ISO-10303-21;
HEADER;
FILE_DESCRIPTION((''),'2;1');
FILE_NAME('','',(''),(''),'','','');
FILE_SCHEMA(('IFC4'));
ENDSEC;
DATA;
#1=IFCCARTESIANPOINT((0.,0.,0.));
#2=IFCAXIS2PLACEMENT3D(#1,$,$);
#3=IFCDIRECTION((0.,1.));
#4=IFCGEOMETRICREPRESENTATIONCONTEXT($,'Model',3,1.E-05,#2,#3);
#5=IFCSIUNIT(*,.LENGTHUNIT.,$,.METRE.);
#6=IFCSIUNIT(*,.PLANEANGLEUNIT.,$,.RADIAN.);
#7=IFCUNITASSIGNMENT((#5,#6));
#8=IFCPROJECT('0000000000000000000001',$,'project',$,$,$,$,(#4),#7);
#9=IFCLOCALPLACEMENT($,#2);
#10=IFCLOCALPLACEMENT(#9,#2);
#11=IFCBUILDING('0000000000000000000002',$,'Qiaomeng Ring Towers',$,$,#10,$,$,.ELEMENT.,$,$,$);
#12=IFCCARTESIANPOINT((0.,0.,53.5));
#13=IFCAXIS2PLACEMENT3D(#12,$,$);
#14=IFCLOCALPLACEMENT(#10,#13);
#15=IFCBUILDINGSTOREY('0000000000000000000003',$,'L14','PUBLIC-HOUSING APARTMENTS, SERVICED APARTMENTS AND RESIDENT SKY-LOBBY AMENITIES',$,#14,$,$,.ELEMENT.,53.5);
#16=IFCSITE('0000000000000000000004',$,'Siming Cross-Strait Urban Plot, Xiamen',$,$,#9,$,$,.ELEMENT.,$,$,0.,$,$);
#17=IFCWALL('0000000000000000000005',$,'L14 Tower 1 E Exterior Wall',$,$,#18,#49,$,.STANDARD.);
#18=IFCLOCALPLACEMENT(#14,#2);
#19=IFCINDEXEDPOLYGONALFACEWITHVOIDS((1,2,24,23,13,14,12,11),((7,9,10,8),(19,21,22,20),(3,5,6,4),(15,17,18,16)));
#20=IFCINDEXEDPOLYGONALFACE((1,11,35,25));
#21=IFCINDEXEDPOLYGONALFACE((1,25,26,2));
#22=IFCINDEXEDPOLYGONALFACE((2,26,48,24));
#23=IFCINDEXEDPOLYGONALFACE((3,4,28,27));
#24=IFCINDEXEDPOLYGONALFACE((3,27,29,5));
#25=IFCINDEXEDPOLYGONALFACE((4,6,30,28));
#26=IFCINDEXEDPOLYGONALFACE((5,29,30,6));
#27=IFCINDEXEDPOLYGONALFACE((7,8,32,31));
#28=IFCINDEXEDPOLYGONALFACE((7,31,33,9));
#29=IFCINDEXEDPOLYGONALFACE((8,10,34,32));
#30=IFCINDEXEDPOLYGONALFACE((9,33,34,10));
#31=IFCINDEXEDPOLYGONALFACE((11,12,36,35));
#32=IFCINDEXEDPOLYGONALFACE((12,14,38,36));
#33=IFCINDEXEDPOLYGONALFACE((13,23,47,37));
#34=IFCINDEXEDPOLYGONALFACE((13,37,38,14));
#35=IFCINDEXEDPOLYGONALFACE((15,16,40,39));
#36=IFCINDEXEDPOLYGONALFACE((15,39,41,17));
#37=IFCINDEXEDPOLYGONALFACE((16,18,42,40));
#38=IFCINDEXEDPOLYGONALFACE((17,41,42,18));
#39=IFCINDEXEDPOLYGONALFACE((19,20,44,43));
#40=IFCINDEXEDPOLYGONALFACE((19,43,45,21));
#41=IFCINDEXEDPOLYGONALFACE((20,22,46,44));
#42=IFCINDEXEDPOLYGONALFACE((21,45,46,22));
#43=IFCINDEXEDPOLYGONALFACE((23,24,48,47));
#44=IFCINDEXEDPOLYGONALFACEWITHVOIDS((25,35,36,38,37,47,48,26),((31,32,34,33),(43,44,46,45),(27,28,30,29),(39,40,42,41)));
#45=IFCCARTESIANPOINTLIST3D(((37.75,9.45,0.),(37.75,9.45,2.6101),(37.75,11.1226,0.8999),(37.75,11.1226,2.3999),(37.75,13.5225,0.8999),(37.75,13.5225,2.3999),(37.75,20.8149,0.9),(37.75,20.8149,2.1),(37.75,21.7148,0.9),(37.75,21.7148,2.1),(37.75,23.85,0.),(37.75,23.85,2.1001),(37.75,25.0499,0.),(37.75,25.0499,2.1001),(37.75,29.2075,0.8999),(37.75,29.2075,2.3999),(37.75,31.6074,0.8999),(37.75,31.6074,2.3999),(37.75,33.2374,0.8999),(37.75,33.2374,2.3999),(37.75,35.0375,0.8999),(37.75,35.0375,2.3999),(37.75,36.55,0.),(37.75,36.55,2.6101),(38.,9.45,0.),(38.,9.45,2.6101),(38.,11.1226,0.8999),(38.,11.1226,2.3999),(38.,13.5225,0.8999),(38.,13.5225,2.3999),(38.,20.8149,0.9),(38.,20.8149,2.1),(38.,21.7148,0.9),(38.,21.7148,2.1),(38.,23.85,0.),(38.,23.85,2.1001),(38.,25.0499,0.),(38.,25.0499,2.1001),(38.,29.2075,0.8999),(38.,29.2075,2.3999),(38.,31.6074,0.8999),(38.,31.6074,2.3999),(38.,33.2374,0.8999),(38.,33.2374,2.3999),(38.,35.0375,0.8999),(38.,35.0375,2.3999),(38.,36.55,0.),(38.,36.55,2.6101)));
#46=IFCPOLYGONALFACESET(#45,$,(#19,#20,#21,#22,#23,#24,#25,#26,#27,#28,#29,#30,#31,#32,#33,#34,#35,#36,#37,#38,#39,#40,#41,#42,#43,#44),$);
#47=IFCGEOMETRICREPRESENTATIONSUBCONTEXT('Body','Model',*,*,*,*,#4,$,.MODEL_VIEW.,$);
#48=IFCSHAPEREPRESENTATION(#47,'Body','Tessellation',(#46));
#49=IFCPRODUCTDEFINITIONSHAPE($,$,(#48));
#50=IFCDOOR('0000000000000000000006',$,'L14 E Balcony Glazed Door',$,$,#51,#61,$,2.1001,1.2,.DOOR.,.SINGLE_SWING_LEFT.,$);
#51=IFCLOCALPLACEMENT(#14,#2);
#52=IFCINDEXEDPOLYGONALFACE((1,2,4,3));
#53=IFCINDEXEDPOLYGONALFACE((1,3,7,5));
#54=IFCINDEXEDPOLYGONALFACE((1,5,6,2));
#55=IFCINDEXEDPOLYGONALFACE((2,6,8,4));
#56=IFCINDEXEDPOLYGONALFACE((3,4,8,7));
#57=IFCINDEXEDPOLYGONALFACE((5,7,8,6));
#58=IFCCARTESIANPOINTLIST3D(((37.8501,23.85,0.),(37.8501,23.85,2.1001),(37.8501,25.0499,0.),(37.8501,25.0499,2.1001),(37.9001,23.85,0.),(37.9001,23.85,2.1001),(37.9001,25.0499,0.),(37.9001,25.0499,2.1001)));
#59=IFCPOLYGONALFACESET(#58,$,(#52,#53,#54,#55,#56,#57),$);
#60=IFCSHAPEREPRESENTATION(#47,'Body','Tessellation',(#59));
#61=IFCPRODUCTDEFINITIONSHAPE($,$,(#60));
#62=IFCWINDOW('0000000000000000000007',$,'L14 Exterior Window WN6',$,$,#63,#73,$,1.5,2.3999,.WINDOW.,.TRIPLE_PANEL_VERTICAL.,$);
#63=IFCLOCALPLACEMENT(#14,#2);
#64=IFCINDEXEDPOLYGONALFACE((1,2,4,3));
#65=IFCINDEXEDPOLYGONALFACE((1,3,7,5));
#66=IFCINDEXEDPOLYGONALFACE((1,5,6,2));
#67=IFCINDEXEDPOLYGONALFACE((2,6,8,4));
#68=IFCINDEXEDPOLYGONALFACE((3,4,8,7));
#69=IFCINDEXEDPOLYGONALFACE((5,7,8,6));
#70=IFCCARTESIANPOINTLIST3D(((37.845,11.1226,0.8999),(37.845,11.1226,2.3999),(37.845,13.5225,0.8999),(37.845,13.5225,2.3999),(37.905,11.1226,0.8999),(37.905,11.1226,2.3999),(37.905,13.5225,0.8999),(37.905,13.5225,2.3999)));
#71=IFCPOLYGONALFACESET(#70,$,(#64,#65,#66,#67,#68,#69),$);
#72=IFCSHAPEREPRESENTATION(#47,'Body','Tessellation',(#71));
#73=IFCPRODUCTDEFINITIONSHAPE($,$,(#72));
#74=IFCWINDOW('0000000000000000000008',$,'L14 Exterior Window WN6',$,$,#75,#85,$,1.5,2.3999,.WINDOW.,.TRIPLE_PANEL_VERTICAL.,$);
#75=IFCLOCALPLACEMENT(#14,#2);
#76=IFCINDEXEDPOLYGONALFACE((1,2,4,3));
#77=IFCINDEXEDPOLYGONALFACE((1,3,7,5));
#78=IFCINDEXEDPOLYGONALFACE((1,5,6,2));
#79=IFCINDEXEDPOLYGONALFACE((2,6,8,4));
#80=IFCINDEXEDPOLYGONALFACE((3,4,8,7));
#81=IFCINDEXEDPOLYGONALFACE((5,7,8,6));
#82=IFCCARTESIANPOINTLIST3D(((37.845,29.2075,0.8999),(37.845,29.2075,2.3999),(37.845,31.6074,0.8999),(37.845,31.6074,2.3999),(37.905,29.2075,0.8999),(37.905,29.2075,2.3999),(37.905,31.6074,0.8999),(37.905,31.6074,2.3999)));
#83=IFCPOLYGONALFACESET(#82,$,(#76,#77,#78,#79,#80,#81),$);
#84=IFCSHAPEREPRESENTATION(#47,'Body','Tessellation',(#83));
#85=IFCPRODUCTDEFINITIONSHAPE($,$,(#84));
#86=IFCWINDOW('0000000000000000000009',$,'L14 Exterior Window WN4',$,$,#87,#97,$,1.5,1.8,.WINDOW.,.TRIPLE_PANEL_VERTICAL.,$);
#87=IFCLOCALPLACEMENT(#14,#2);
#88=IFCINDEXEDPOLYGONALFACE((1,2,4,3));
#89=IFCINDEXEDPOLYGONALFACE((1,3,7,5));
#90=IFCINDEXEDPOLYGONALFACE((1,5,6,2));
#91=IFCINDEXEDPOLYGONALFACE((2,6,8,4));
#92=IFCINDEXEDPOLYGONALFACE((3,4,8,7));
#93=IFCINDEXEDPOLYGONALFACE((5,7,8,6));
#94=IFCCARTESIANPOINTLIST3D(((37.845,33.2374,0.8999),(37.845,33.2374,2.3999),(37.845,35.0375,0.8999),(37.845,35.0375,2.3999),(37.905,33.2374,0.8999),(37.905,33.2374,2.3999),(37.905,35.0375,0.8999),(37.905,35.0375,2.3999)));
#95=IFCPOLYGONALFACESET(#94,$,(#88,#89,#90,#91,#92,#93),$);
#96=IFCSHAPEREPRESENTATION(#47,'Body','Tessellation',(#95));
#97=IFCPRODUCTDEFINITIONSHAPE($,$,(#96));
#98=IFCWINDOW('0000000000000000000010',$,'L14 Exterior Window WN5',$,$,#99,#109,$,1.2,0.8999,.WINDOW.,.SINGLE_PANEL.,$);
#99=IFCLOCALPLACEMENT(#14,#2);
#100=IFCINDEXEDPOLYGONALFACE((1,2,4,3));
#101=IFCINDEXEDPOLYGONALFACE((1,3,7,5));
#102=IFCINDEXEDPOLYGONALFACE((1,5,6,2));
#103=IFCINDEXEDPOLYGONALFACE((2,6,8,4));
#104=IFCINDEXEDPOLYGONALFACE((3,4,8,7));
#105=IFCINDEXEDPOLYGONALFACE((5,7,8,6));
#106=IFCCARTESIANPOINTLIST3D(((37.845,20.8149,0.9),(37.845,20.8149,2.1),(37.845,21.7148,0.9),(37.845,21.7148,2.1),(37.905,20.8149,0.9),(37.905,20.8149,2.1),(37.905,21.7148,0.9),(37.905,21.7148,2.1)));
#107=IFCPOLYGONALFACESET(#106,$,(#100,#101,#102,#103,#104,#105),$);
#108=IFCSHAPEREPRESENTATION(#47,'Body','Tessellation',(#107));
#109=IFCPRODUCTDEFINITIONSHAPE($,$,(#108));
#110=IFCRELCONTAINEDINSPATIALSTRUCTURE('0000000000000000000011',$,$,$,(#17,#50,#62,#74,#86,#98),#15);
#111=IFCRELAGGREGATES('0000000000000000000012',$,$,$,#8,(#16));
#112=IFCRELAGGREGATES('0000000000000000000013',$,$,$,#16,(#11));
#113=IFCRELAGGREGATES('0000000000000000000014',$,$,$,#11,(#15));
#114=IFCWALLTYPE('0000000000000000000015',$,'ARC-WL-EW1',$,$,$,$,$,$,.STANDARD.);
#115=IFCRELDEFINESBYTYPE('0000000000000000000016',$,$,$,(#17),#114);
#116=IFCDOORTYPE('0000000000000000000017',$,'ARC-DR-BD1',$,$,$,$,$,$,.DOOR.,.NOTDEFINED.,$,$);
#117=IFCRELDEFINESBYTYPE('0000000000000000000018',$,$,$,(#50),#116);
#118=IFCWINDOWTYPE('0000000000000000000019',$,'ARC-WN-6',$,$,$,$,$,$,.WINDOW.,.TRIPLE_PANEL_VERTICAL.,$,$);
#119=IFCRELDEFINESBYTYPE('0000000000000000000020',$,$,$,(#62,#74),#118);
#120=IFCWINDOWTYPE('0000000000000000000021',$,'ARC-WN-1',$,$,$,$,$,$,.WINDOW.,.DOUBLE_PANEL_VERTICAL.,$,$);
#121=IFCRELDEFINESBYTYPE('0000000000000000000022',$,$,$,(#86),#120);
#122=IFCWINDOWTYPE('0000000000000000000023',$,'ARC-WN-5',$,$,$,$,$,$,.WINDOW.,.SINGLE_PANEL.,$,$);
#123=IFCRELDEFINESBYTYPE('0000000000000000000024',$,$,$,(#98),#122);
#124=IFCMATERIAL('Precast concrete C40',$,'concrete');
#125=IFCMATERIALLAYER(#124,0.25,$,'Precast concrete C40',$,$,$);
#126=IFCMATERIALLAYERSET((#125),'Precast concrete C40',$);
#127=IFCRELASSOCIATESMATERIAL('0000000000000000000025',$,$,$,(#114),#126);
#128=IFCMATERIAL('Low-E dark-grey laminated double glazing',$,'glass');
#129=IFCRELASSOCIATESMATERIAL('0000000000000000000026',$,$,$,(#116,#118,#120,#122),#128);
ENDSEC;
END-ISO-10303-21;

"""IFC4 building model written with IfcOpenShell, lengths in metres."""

from ifc_helpers import new_model, si_unit, direction, frame, frame_2d, origin, place, context, subcontext, project, spatial, rectangle, extrude, source, transform, mapped, material, layer, layer_set, type_object, element, fill, save


model = new_model("IFC4")

# Units and contexts
model_context = context("Model", 3, precision=1e-05, world=origin(), true_north=direction((0.0, 1.0)))
body_context = subcontext(model_context, "Body", "Model", "MODEL_VIEW")
ifc_project = project(units=[si_unit("LENGTHUNIT", "METRE"), si_unit("PLANEANGLEUNIT", "RADIAN")], contexts=[model_context])

# Site, building, storey
site_placement = place(None, origin())
site = spatial("IfcSite", under=ifc_project, at=site_placement, Name="Siming Cross-Strait Urban Plot, Xiamen", CompositionType="ELEMENT", RefElevation=0.0)
building_placement = place(site_placement, origin())
building = spatial("IfcBuilding", under=site, at=building_placement, Name="Qiaomeng Ring Towers", CompositionType="ELEMENT")
storey_placement = place(building_placement, frame((0.0, 0.0, 53.5)))
storey = spatial("IfcBuildingStorey", under=building, at=storey_placement, Name="L14", Description="PUBLIC-HOUSING APARTMENTS, SERVICED APARTMENTS AND RESIDENT SKY-LOBBY AMENITIES", CompositionType="ELEMENT", Elevation=53.5)

# Shared definitions
ifc_material_1 = material(Name="Low-E dark-grey laminated double glazing", Category="glass")

# Wall, openings, door, windows
ifc_material_2 = material(Name="Precast concrete C40", Category="concrete")
ifc_layer_1 = layer(ifc_material_2, 0.25, Name="Precast concrete C40")
ifc_layer_set_1 = layer_set([ifc_layer_1], Name="Precast concrete C40")
wall_type_1 = type_object("IfcWallType", Name="ARC-WL-EW1", PredefinedType="STANDARD", material=ifc_layer_set_1)
wall_1_placement = place(storey_placement, frame((37.875, 9.45, 0.0), z_axis=(0.0, 0.0, 1.0), x_axis=(0.0, 1.0, 0.0)))
wall_1 = element("IfcWall", 1, at=wall_1_placement, inside=storey, type_object=wall_type_1, Name="L14 Tower 1 E Exterior Wall", PredefinedType="STANDARD", context=body_context, shape_type="SweptSolid", body=[
    extrude(rectangle(XDim=27.1001, YDim=0.25, at=frame_2d((13.55, 0.0))), origin(), (0.0, 0.0, 1.0), 2.6101),
])
opening_1_placement = place(wall_1_placement, frame((14.3999, 0.0, 0.0)))
opening_1 = element("IfcOpeningElement", 2, at=opening_1_placement, cuts=wall_1, PredefinedType="OPENING", context=body_context, shape_type="SweptSolid", body=[
    extrude(rectangle(XDim=1.2, YDim=2.1001, at=frame_2d((0.6001, 1.05))), frame((0.0, 0.135, 0.0), z_axis=(0.0, -1.0, 0.0), x_axis=(1.0, 0.0, 0.0)), (0.0, 0.0, 1.0), 0.27),
])
opening_2_placement = place(wall_1_placement, frame((1.6726, 0.0, 0.8999)))
opening_2 = element("IfcOpeningElement", 3, at=opening_2_placement, cuts=wall_1, PredefinedType="OPENING", context=body_context, shape_type="SweptSolid", body=[
    extrude(rectangle(XDim=2.3999, YDim=1.5, at=frame_2d((1.2, 0.75))), frame((0.0, 0.135, 0.0), z_axis=(0.0, -1.0, 0.0), x_axis=(1.0, 0.0, 0.0)), (0.0, 0.0, 1.0), 0.27),
])
opening_3_placement = place(wall_1_placement, frame((23.7876, 0.0, 0.8999)))
opening_3 = element("IfcOpeningElement", 4, at=opening_3_placement, cuts=wall_1, PredefinedType="OPENING", context=body_context, shape_type="SweptSolid", body=[
    extrude(rectangle(XDim=1.8, YDim=1.5, at=frame_2d((0.8999, 0.75))), frame((0.0, 0.135, 0.0), z_axis=(0.0, -1.0, 0.0), x_axis=(1.0, 0.0, 0.0)), (0.0, 0.0, 1.0), 0.27),
])
opening_4_placement = place(wall_1_placement, frame((19.7576, 0.0, 0.8999)))
opening_4 = element("IfcOpeningElement", 5, at=opening_4_placement, cuts=wall_1, PredefinedType="OPENING", context=body_context, shape_type="SweptSolid", body=[
    extrude(rectangle(XDim=2.3999, YDim=1.5, at=frame_2d((1.2, 0.75))), frame((0.0, 0.135, 0.0), z_axis=(0.0, -1.0, 0.0), x_axis=(1.0, 0.0, 0.0)), (0.0, 0.0, 1.0), 0.27),
])
opening_5_placement = place(wall_1_placement, frame((11.365, 0.0, 0.8999)))
opening_5 = element("IfcOpeningElement", 6, at=opening_5_placement, cuts=wall_1, PredefinedType="OPENING", context=body_context, shape_type="SweptSolid", body=[
    extrude(rectangle(XDim=0.8999, YDim=1.2, at=frame_2d((0.45, 0.6001))), frame((0.0, 0.135, 0.0), z_axis=(0.0, -1.0, 0.0), x_axis=(1.0, 0.0, 0.0)), (0.0, 0.0, 1.0), 0.27),
])
door_type_1 = type_object("IfcDoorType", Name="ARC-DR-BD1", OperationType="NOTDEFINED", PredefinedType="DOOR", material=ifc_material_1)
shared_shape_1 = source(origin(), body_context, "Body", "SweptSolid", [
    extrude(rectangle(XDim=1.2, YDim=2.1001, at=frame_2d((0.6001, 1.05))), frame((0.0, 0.0249, 0.0), z_axis=(0.0, -1.0, 0.0), x_axis=(1.0, 0.0, 0.0)), (0.0, 0.0, 1.0), 0.05),
])
door_1_placement = place(opening_1_placement, origin())
door_1 = element("IfcDoor", 7, at=door_1_placement, inside=storey, type_object=door_type_1, Name="L14 E Balcony Glazed Door", OperationType="SINGLE_SWING_LEFT", OverallHeight=2.1001, OverallWidth=1.2, PredefinedType="DOOR", context=body_context, shape_type="MappedRepresentation", body=[
    mapped(shared_shape_1, transform((0.0, 0.0, 0.0), x_axis=(1.0, 0.0, 0.0), y_axis=(0.0, 1.0, 0.0), z_axis=(0.0, 0.0, 1.0), scale=1.0)),
])
fill(opening_1, door_1)
window_type_1 = type_object("IfcWindowType", Name="ARC-WN-6", PartitioningType="TRIPLE_PANEL_VERTICAL", PredefinedType="WINDOW", material=ifc_material_1)
shared_shape_2 = source(origin(), body_context, "Body", "SweptSolid", [
    extrude(rectangle(XDim=2.3999, YDim=1.5, at=frame_2d((1.2, 0.75))), frame((0.0, 0.03, 0.0), z_axis=(0.0, -1.0, 0.0), x_axis=(1.0, 0.0, 0.0)), (0.0, 0.0, 1.0), 0.0601),
])
window_1_placement = place(opening_2_placement, origin())
window_1 = element("IfcWindow", 8, at=window_1_placement, inside=storey, type_object=window_type_1, Name="L14 Exterior Window WN6", OverallHeight=1.5, OverallWidth=2.3999, PartitioningType="TRIPLE_PANEL_VERTICAL", PredefinedType="WINDOW", context=body_context, shape_type="MappedRepresentation", body=[
    mapped(shared_shape_2, transform((0.0, 0.0, 0.0), x_axis=(1.0, 0.0, 0.0), y_axis=(0.0, 1.0, 0.0), z_axis=(0.0, 0.0, 1.0), scale=1.0)),
])
fill(opening_2, window_1)
window_2_placement = place(opening_4_placement, origin())
window_2 = element("IfcWindow", 9, at=window_2_placement, inside=storey, type_object=window_type_1, Name="L14 Exterior Window WN6", OverallHeight=1.5, OverallWidth=2.3999, PartitioningType="TRIPLE_PANEL_VERTICAL", PredefinedType="WINDOW", context=body_context, shape_type="MappedRepresentation", body=[
    mapped(shared_shape_2, transform((0.0, 0.0, 0.0), x_axis=(1.0, 0.0, 0.0), y_axis=(0.0, 1.0, 0.0), z_axis=(0.0, 0.0, 1.0), scale=1.0)),
])
fill(opening_4, window_2)
window_type_2 = type_object("IfcWindowType", Name="ARC-WN-1", PartitioningType="DOUBLE_PANEL_VERTICAL", PredefinedType="WINDOW", material=ifc_material_1)
shared_shape_3 = source(origin(), body_context, "Body", "SweptSolid", [
    extrude(rectangle(XDim=1.8, YDim=1.5, at=frame_2d((0.8999, 0.75))), frame((0.0, 0.03, 0.0), z_axis=(0.0, -1.0, 0.0), x_axis=(1.0, 0.0, 0.0)), (0.0, 0.0, 1.0), 0.0601),
])
window_3_placement = place(opening_3_placement, origin())
window_3 = element("IfcWindow", 10, at=window_3_placement, inside=storey, type_object=window_type_2, Name="L14 Exterior Window WN4", OverallHeight=1.5, OverallWidth=1.8, PartitioningType="TRIPLE_PANEL_VERTICAL", PredefinedType="WINDOW", context=body_context, shape_type="MappedRepresentation", body=[
    mapped(shared_shape_3, transform((0.0, 0.0, 0.0), x_axis=(1.0, 0.0, 0.0), y_axis=(0.0, 1.0, 0.0), z_axis=(0.0, 0.0, 1.0), scale=1.0)),
])
fill(opening_3, window_3)
window_type_3 = type_object("IfcWindowType", Name="ARC-WN-5", PartitioningType="SINGLE_PANEL", PredefinedType="WINDOW", material=ifc_material_1)
shared_shape_4 = source(origin(), body_context, "Body", "SweptSolid", [
    extrude(rectangle(XDim=0.8999, YDim=1.2, at=frame_2d((0.45, 0.6001))), frame((0.0, 0.03, 0.0), z_axis=(0.0, -1.0, 0.0), x_axis=(1.0, 0.0, 0.0)), (0.0, 0.0, 1.0), 0.0601),
])
window_4_placement = place(opening_5_placement, origin())
window_4 = element("IfcWindow", 11, at=window_4_placement, inside=storey, type_object=window_type_3, Name="L14 Exterior Window WN5", OverallHeight=1.2, OverallWidth=0.8999, PartitioningType="SINGLE_PANEL", PredefinedType="WINDOW", context=body_context, shape_type="MappedRepresentation", body=[
    mapped(shared_shape_4, transform((0.0, 0.0, 0.0), x_axis=(1.0, 0.0, 0.0), y_axis=(0.0, 1.0, 0.0), z_axis=(0.0, 0.0, 1.0), scale=1.0)),
])
fill(opening_5, window_4)

save(model, "model.ifc")
